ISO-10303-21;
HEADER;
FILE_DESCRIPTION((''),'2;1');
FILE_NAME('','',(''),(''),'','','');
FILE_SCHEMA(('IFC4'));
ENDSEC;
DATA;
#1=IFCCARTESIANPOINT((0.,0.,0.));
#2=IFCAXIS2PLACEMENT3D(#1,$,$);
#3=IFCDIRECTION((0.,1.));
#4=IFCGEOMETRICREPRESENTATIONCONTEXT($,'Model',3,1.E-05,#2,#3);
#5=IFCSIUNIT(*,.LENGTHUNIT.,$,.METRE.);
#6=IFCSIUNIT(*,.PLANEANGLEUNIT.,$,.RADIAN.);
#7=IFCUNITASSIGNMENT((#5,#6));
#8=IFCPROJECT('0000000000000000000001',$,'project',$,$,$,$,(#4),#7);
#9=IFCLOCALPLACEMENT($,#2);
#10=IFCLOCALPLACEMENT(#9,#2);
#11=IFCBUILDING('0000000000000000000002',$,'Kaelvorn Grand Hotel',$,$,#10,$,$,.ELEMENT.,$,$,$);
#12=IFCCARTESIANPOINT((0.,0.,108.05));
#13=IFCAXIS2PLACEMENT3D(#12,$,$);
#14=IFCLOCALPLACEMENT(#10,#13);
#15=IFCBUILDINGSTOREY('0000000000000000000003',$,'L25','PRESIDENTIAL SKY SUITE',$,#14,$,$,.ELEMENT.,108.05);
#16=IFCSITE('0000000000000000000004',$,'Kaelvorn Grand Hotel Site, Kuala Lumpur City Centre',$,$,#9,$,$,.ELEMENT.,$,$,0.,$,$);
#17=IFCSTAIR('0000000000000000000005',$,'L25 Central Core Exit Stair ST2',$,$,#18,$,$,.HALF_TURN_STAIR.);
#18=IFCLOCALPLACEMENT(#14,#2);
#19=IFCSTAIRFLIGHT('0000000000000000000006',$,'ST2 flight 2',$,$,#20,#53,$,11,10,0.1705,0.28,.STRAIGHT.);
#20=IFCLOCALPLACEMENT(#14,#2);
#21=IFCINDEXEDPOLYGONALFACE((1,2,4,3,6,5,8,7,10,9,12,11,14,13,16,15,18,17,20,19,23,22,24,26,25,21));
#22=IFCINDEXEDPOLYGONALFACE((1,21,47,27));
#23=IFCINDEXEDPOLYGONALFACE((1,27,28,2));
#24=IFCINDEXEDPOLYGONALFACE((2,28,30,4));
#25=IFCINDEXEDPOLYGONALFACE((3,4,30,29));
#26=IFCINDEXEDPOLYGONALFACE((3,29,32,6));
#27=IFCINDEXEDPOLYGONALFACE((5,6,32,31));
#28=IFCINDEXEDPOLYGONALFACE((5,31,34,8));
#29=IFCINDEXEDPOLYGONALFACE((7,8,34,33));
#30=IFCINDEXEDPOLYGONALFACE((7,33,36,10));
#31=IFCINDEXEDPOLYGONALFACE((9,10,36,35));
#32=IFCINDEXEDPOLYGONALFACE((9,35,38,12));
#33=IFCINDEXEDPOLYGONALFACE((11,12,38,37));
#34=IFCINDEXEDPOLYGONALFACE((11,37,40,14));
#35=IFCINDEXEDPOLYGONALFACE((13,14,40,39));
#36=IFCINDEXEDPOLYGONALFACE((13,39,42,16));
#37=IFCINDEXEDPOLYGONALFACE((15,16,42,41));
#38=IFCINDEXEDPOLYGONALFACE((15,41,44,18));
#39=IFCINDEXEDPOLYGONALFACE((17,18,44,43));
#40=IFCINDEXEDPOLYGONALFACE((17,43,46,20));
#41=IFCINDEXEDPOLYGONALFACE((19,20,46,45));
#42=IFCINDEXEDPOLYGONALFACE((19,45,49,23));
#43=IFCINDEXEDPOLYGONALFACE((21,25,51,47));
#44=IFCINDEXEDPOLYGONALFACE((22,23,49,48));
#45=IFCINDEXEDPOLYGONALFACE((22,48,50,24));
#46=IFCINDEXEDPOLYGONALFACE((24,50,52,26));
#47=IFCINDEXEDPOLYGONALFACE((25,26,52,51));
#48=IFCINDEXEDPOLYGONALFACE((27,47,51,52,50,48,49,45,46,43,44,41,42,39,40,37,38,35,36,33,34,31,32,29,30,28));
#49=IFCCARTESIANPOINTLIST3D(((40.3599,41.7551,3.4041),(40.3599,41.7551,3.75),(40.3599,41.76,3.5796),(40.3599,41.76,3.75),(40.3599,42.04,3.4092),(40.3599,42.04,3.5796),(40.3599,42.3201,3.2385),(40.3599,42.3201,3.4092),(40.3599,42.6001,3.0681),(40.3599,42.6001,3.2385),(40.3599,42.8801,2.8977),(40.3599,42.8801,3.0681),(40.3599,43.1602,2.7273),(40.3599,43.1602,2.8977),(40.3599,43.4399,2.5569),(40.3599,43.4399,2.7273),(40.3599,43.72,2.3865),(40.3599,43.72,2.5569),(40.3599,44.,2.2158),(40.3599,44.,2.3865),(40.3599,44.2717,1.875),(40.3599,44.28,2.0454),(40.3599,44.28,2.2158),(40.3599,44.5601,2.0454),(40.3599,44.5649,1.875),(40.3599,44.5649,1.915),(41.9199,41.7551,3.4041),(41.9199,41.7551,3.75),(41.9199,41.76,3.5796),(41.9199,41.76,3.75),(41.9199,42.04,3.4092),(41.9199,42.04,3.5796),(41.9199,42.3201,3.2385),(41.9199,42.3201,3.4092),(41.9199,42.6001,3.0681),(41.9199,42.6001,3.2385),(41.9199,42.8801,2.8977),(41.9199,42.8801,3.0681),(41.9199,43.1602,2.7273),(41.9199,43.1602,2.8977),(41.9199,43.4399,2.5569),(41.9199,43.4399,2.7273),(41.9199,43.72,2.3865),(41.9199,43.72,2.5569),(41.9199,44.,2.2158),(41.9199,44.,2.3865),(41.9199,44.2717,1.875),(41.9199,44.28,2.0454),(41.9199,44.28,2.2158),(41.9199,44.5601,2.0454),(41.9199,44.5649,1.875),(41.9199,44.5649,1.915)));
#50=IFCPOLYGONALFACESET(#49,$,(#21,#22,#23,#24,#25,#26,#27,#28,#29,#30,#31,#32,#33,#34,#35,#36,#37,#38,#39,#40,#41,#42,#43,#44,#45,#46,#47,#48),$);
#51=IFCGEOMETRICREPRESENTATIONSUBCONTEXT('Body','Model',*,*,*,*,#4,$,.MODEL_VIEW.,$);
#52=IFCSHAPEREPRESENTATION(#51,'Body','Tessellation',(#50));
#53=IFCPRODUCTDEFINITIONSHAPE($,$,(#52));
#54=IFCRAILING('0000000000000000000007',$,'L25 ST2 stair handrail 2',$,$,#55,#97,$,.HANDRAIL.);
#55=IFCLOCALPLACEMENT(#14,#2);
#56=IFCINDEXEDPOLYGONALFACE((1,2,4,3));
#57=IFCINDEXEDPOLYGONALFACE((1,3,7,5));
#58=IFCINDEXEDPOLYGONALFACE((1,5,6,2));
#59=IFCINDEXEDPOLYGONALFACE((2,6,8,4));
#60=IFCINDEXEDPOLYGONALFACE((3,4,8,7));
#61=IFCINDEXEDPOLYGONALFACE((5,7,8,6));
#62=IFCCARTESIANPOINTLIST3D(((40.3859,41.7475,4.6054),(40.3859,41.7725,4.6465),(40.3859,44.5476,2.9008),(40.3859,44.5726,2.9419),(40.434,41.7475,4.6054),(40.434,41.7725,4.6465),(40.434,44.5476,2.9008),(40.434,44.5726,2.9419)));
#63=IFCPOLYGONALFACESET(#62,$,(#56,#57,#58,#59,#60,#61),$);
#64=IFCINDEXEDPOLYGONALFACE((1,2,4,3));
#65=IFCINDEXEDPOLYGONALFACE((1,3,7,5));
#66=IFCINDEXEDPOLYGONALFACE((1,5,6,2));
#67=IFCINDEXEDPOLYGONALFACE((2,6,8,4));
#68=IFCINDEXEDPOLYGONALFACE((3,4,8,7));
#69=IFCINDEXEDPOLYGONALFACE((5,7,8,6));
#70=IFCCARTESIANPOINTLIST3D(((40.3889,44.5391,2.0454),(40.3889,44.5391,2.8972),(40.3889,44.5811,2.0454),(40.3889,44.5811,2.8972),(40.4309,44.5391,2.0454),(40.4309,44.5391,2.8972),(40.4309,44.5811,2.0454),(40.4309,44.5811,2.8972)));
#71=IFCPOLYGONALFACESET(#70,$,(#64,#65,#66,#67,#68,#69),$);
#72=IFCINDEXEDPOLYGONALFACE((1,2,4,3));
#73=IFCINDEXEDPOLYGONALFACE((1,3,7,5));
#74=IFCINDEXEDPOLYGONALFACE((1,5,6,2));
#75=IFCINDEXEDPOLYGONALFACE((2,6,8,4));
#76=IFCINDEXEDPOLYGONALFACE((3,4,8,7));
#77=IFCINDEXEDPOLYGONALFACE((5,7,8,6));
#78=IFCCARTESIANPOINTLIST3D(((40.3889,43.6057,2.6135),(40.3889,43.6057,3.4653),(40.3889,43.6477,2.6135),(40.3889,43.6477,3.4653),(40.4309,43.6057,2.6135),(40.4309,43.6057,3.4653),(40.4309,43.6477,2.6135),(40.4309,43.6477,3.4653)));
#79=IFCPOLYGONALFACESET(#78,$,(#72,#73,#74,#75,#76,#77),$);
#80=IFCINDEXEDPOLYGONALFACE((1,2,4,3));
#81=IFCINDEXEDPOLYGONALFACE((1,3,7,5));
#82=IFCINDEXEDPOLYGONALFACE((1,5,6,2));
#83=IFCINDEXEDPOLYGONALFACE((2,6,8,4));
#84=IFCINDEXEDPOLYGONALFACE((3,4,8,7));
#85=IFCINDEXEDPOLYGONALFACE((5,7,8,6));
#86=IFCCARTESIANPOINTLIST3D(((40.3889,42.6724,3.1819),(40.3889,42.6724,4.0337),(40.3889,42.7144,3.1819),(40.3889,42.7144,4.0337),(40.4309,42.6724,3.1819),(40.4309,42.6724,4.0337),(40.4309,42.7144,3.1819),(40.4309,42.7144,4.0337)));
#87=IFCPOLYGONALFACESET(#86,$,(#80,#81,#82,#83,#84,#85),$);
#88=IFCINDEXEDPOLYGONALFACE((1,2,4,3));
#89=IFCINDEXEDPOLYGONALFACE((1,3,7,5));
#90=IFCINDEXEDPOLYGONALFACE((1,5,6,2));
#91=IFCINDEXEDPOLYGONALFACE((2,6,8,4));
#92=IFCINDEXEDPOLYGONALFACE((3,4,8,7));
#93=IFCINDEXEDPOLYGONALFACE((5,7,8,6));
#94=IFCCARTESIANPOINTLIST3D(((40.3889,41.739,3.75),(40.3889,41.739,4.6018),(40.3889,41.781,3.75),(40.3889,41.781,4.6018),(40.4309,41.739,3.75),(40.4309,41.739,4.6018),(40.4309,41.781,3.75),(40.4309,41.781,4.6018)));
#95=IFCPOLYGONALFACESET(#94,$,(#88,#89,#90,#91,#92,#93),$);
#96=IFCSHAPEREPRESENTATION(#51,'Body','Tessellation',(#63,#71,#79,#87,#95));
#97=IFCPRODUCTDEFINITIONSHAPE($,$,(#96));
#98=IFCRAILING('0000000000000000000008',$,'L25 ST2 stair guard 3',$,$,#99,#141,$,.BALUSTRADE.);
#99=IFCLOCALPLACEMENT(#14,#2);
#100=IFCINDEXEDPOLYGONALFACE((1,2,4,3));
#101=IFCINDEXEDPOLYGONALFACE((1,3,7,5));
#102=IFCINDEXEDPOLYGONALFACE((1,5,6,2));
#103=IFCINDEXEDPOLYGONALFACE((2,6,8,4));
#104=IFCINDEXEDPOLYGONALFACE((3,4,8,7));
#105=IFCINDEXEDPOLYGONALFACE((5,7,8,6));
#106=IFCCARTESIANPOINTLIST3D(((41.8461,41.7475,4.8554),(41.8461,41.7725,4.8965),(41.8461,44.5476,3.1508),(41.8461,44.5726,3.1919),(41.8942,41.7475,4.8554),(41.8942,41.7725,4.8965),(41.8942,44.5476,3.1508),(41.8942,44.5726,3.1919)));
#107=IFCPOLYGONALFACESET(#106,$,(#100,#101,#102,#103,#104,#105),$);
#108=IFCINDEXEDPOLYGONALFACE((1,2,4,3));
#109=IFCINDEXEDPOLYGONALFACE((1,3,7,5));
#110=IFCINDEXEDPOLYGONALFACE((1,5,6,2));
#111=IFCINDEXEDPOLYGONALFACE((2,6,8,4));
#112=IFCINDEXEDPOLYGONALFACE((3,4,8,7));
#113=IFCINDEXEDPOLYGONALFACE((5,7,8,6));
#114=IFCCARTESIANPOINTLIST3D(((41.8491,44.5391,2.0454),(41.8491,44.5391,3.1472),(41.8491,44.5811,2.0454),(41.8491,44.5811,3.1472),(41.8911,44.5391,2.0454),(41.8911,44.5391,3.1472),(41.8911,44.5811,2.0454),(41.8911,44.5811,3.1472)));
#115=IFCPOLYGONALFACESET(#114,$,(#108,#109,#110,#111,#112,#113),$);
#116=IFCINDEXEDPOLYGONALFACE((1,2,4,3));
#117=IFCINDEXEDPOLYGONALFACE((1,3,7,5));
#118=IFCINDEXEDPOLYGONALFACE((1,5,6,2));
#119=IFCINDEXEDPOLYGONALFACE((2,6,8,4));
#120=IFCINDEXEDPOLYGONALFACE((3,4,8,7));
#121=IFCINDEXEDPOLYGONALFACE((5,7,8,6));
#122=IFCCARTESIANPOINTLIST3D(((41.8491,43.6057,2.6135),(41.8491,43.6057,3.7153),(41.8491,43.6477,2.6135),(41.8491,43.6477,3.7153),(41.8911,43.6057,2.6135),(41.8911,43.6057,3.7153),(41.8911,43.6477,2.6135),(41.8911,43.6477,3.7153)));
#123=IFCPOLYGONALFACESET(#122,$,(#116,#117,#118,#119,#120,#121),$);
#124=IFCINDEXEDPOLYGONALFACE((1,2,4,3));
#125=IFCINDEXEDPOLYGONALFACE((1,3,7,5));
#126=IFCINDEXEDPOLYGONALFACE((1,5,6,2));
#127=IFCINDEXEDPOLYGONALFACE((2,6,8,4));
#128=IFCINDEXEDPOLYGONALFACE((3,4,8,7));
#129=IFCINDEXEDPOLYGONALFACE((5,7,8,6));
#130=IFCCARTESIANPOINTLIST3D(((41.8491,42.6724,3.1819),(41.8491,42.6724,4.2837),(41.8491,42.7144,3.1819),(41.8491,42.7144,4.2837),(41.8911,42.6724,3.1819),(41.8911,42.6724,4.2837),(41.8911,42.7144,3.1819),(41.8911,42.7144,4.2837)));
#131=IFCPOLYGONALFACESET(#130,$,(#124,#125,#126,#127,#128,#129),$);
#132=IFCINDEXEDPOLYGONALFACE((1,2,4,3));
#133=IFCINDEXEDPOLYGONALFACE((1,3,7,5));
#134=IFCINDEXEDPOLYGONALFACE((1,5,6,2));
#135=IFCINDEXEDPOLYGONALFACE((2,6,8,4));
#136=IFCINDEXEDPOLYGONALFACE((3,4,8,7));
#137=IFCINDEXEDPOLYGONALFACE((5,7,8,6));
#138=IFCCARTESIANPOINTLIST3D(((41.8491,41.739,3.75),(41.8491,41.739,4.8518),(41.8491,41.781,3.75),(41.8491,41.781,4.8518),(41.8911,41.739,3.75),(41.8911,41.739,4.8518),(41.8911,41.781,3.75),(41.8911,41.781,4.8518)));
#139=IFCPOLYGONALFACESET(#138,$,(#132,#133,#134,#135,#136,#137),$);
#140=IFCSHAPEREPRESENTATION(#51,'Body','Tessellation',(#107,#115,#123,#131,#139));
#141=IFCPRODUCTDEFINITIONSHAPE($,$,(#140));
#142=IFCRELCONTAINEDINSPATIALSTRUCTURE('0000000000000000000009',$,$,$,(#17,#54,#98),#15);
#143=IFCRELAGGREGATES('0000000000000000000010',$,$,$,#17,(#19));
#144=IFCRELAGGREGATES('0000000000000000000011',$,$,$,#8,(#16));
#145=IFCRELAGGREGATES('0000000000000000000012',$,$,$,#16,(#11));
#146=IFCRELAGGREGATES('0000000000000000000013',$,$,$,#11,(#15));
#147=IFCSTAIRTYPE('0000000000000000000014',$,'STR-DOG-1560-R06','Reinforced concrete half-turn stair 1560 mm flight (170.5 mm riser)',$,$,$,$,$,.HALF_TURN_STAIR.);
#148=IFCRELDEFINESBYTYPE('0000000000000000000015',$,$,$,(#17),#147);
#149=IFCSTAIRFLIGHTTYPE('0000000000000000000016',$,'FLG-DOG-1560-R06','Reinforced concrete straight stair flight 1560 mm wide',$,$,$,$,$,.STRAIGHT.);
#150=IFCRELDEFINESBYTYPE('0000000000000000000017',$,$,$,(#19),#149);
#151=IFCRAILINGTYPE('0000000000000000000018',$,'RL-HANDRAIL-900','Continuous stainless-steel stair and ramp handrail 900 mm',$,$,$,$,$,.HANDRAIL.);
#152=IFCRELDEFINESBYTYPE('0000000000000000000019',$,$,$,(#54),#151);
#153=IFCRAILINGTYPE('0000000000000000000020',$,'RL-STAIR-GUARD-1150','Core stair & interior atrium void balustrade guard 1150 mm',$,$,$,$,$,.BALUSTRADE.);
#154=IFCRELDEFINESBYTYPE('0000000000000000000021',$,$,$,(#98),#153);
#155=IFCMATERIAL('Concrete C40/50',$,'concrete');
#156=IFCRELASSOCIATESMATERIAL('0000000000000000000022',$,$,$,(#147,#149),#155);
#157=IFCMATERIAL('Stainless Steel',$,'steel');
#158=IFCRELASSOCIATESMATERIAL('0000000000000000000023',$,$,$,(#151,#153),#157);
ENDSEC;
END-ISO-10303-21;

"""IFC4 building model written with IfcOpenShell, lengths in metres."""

from ifc_helpers import new_model, si_unit, direction, frame, origin, origin_2d, place, context, subcontext, project, spatial, polyline, rectangle, outline, extrude, material, type_object, element, aggregate, save


model = new_model("IFC4")

# Units and contexts
model_context = context("Model", 3, precision=1e-05, world=origin(), true_north=direction((0.0, 1.0)))
body_context = subcontext(model_context, "Body", "Model", "MODEL_VIEW")
ifc_project = project(units=[si_unit("LENGTHUNIT", "METRE"), si_unit("PLANEANGLEUNIT", "RADIAN")], contexts=[model_context])

# Site, building, storey
site_placement = place(None, origin())
site = spatial("IfcSite", under=ifc_project, at=site_placement, Name="Kaelvorn Grand Hotel Site, Kuala Lumpur City Centre", CompositionType="ELEMENT", RefElevation=0.0)
building_placement = place(site_placement, origin())
building = spatial("IfcBuilding", under=site, at=building_placement, Name="Kaelvorn Grand Hotel", CompositionType="ELEMENT")
storey_placement = place(building_placement, frame((0.0, 0.0, 108.05)))
storey = spatial("IfcBuildingStorey", under=building, at=storey_placement, Name="L25", Description="PRESIDENTIAL SKY SUITE", CompositionType="ELEMENT", Elevation=108.05)

# Shared definitions
ifc_material_1 = material(Name="Concrete C40/50", Category="concrete")

# Stair, stair flight
stair_type = type_object("IfcStairType", Name="STR-DOG-1560-R06", Description="Reinforced concrete half-turn stair 1560 mm flight (170.5 mm riser)", PredefinedType="HALF_TURN_STAIR", material=ifc_material_1)
stair_placement = place(storey_placement, origin())
stair = element("IfcStair", 1, at=stair_placement, inside=storey, type_object=stair_type, Name="L25 Central Core Exit Stair ST2", PredefinedType="HALF_TURN_STAIR")
stair_flight_type = type_object("IfcStairFlightType", Name="FLG-DOG-1560-R06", Description="Reinforced concrete straight stair flight 1560 mm wide", PredefinedType="STRAIGHT", material=ifc_material_1)
stair_flight_placement = place(storey_placement, frame((41.1399, 44.5601, 1.875), z_axis=(0.0, 0.0, 1.0), x_axis=(0.0, -1.0, 0.0)))
stair_flight = element("IfcStairFlight", 2, at=stair_flight_placement, type_object=stair_flight_type, Name="ST2 flight 2", NumberOfRisers=11, NumberOfTreads=10, PredefinedType="STRAIGHT", RiserHeight=0.1705, TreadLength=0.28, context=body_context, shape_type="SweptSolid", body=[
    extrude(outline(polyline([(-0.0049, 0.0), (-0.0049, 0.04), (0.0, 0.1704), (0.28, 0.1704), (0.28, 0.3408), (0.5601, 0.3408), (0.5601, 0.5115), (0.8401, 0.5115), (0.8401, 0.6819), (1.1201, 0.6819), (1.1201, 0.8523), (1.3999, 0.8523), (1.3999, 1.0227), (1.6799, 1.0227), (1.6799, 1.1931), (1.96, 1.1931), (1.96, 1.3635), (2.24, 1.3635), (2.24, 1.5342), (2.52, 1.5342), (2.52, 1.7046), (2.8, 1.7046), (2.8, 1.875), (2.8049, 1.875), (2.8049, 1.5291), (0.2883, 0.0), (-0.0049, 0.0)])), frame((0.0, 0.78, 0.0), z_axis=(0.0, -1.0, 0.0), x_axis=(1.0, 0.0, 0.0)), (0.0, 0.0, 1.0), 1.5601),
])
aggregate(stair, [stair_flight])

# Railings
ifc_material_2 = material(Name="Stainless Steel", Category="steel")
railing_type_1 = type_object("IfcRailingType", Name="RL-HANDRAIL-900", Description="Continuous stainless-steel stair and ramp handrail 900 mm", PredefinedType="HANDRAIL", material=ifc_material_2)
railing_1_placement = place(storey_placement, frame((40.4099, 44.5601, 2.0454)))
element("IfcRailing", 3, at=railing_1_placement, inside=storey, type_object=railing_type_1, Name="L25 ST2 stair handrail 2", PredefinedType="HANDRAIL", context=body_context, shape_type="SweptSolid", body=[
    extrude(rectangle(XDim=0.0481, YDim=0.0481, at=origin_2d()), frame((0.0, 0.0, 0.876), z_axis=(0.0, -0.85417, 0.519994), x_axis=(1.0, 0.0, 0.0)), (0.0, 0.0, 1.0), 3.2781),
    extrude(rectangle(XDim=0.042, YDim=0.042, at=origin_2d()), origin(), (0.0, 0.0, 1.0), 0.8518),
    extrude(rectangle(XDim=0.042, YDim=0.042, at=origin_2d()), frame((0.0, -0.9333, 0.5681)), (0.0, 0.0, 1.0), 0.8518),
    extrude(rectangle(XDim=0.042, YDim=0.042, at=origin_2d()), frame((0.0, -1.8667, 1.1365)), (0.0, 0.0, 1.0), 0.8518),
    extrude(rectangle(XDim=0.042, YDim=0.042, at=origin_2d()), frame((0.0, -2.8, 1.7046)), (0.0, 0.0, 1.0), 0.8518),
])
railing_type_2 = type_object("IfcRailingType", Name="RL-STAIR-GUARD-1150", Description="Core stair & interior atrium void balustrade guard 1150 mm", PredefinedType="BALUSTRADE", material=ifc_material_2)
railing_2_placement = place(storey_placement, frame((41.8701, 44.5601, 2.0454)))
element("IfcRailing", 4, at=railing_2_placement, inside=storey, type_object=railing_type_2, Name="L25 ST2 stair guard 3", PredefinedType="BALUSTRADE", context=body_context, shape_type="SweptSolid", body=[
    extrude(rectangle(XDim=0.0481, YDim=0.0481, at=origin_2d()), frame((0.0, 0.0, 1.126), z_axis=(0.0, -0.85417, 0.519994), x_axis=(1.0, 0.0, 0.0)), (0.0, 0.0, 1.0), 3.2781),
    extrude(rectangle(XDim=0.042, YDim=0.042, at=origin_2d()), origin(), (0.0, 0.0, 1.0), 1.1018),
    extrude(rectangle(XDim=0.042, YDim=0.042, at=origin_2d()), frame((0.0, -0.9333, 0.5681)), (0.0, 0.0, 1.0), 1.1018),
    extrude(rectangle(XDim=0.042, YDim=0.042, at=origin_2d()), frame((0.0, -1.8667, 1.1365)), (0.0, 0.0, 1.0), 1.1018),
    extrude(rectangle(XDim=0.042, YDim=0.042, at=origin_2d()), frame((0.0, -2.8, 1.7046)), (0.0, 0.0, 1.0), 1.1018),
])

save(model, "model.ifc")
